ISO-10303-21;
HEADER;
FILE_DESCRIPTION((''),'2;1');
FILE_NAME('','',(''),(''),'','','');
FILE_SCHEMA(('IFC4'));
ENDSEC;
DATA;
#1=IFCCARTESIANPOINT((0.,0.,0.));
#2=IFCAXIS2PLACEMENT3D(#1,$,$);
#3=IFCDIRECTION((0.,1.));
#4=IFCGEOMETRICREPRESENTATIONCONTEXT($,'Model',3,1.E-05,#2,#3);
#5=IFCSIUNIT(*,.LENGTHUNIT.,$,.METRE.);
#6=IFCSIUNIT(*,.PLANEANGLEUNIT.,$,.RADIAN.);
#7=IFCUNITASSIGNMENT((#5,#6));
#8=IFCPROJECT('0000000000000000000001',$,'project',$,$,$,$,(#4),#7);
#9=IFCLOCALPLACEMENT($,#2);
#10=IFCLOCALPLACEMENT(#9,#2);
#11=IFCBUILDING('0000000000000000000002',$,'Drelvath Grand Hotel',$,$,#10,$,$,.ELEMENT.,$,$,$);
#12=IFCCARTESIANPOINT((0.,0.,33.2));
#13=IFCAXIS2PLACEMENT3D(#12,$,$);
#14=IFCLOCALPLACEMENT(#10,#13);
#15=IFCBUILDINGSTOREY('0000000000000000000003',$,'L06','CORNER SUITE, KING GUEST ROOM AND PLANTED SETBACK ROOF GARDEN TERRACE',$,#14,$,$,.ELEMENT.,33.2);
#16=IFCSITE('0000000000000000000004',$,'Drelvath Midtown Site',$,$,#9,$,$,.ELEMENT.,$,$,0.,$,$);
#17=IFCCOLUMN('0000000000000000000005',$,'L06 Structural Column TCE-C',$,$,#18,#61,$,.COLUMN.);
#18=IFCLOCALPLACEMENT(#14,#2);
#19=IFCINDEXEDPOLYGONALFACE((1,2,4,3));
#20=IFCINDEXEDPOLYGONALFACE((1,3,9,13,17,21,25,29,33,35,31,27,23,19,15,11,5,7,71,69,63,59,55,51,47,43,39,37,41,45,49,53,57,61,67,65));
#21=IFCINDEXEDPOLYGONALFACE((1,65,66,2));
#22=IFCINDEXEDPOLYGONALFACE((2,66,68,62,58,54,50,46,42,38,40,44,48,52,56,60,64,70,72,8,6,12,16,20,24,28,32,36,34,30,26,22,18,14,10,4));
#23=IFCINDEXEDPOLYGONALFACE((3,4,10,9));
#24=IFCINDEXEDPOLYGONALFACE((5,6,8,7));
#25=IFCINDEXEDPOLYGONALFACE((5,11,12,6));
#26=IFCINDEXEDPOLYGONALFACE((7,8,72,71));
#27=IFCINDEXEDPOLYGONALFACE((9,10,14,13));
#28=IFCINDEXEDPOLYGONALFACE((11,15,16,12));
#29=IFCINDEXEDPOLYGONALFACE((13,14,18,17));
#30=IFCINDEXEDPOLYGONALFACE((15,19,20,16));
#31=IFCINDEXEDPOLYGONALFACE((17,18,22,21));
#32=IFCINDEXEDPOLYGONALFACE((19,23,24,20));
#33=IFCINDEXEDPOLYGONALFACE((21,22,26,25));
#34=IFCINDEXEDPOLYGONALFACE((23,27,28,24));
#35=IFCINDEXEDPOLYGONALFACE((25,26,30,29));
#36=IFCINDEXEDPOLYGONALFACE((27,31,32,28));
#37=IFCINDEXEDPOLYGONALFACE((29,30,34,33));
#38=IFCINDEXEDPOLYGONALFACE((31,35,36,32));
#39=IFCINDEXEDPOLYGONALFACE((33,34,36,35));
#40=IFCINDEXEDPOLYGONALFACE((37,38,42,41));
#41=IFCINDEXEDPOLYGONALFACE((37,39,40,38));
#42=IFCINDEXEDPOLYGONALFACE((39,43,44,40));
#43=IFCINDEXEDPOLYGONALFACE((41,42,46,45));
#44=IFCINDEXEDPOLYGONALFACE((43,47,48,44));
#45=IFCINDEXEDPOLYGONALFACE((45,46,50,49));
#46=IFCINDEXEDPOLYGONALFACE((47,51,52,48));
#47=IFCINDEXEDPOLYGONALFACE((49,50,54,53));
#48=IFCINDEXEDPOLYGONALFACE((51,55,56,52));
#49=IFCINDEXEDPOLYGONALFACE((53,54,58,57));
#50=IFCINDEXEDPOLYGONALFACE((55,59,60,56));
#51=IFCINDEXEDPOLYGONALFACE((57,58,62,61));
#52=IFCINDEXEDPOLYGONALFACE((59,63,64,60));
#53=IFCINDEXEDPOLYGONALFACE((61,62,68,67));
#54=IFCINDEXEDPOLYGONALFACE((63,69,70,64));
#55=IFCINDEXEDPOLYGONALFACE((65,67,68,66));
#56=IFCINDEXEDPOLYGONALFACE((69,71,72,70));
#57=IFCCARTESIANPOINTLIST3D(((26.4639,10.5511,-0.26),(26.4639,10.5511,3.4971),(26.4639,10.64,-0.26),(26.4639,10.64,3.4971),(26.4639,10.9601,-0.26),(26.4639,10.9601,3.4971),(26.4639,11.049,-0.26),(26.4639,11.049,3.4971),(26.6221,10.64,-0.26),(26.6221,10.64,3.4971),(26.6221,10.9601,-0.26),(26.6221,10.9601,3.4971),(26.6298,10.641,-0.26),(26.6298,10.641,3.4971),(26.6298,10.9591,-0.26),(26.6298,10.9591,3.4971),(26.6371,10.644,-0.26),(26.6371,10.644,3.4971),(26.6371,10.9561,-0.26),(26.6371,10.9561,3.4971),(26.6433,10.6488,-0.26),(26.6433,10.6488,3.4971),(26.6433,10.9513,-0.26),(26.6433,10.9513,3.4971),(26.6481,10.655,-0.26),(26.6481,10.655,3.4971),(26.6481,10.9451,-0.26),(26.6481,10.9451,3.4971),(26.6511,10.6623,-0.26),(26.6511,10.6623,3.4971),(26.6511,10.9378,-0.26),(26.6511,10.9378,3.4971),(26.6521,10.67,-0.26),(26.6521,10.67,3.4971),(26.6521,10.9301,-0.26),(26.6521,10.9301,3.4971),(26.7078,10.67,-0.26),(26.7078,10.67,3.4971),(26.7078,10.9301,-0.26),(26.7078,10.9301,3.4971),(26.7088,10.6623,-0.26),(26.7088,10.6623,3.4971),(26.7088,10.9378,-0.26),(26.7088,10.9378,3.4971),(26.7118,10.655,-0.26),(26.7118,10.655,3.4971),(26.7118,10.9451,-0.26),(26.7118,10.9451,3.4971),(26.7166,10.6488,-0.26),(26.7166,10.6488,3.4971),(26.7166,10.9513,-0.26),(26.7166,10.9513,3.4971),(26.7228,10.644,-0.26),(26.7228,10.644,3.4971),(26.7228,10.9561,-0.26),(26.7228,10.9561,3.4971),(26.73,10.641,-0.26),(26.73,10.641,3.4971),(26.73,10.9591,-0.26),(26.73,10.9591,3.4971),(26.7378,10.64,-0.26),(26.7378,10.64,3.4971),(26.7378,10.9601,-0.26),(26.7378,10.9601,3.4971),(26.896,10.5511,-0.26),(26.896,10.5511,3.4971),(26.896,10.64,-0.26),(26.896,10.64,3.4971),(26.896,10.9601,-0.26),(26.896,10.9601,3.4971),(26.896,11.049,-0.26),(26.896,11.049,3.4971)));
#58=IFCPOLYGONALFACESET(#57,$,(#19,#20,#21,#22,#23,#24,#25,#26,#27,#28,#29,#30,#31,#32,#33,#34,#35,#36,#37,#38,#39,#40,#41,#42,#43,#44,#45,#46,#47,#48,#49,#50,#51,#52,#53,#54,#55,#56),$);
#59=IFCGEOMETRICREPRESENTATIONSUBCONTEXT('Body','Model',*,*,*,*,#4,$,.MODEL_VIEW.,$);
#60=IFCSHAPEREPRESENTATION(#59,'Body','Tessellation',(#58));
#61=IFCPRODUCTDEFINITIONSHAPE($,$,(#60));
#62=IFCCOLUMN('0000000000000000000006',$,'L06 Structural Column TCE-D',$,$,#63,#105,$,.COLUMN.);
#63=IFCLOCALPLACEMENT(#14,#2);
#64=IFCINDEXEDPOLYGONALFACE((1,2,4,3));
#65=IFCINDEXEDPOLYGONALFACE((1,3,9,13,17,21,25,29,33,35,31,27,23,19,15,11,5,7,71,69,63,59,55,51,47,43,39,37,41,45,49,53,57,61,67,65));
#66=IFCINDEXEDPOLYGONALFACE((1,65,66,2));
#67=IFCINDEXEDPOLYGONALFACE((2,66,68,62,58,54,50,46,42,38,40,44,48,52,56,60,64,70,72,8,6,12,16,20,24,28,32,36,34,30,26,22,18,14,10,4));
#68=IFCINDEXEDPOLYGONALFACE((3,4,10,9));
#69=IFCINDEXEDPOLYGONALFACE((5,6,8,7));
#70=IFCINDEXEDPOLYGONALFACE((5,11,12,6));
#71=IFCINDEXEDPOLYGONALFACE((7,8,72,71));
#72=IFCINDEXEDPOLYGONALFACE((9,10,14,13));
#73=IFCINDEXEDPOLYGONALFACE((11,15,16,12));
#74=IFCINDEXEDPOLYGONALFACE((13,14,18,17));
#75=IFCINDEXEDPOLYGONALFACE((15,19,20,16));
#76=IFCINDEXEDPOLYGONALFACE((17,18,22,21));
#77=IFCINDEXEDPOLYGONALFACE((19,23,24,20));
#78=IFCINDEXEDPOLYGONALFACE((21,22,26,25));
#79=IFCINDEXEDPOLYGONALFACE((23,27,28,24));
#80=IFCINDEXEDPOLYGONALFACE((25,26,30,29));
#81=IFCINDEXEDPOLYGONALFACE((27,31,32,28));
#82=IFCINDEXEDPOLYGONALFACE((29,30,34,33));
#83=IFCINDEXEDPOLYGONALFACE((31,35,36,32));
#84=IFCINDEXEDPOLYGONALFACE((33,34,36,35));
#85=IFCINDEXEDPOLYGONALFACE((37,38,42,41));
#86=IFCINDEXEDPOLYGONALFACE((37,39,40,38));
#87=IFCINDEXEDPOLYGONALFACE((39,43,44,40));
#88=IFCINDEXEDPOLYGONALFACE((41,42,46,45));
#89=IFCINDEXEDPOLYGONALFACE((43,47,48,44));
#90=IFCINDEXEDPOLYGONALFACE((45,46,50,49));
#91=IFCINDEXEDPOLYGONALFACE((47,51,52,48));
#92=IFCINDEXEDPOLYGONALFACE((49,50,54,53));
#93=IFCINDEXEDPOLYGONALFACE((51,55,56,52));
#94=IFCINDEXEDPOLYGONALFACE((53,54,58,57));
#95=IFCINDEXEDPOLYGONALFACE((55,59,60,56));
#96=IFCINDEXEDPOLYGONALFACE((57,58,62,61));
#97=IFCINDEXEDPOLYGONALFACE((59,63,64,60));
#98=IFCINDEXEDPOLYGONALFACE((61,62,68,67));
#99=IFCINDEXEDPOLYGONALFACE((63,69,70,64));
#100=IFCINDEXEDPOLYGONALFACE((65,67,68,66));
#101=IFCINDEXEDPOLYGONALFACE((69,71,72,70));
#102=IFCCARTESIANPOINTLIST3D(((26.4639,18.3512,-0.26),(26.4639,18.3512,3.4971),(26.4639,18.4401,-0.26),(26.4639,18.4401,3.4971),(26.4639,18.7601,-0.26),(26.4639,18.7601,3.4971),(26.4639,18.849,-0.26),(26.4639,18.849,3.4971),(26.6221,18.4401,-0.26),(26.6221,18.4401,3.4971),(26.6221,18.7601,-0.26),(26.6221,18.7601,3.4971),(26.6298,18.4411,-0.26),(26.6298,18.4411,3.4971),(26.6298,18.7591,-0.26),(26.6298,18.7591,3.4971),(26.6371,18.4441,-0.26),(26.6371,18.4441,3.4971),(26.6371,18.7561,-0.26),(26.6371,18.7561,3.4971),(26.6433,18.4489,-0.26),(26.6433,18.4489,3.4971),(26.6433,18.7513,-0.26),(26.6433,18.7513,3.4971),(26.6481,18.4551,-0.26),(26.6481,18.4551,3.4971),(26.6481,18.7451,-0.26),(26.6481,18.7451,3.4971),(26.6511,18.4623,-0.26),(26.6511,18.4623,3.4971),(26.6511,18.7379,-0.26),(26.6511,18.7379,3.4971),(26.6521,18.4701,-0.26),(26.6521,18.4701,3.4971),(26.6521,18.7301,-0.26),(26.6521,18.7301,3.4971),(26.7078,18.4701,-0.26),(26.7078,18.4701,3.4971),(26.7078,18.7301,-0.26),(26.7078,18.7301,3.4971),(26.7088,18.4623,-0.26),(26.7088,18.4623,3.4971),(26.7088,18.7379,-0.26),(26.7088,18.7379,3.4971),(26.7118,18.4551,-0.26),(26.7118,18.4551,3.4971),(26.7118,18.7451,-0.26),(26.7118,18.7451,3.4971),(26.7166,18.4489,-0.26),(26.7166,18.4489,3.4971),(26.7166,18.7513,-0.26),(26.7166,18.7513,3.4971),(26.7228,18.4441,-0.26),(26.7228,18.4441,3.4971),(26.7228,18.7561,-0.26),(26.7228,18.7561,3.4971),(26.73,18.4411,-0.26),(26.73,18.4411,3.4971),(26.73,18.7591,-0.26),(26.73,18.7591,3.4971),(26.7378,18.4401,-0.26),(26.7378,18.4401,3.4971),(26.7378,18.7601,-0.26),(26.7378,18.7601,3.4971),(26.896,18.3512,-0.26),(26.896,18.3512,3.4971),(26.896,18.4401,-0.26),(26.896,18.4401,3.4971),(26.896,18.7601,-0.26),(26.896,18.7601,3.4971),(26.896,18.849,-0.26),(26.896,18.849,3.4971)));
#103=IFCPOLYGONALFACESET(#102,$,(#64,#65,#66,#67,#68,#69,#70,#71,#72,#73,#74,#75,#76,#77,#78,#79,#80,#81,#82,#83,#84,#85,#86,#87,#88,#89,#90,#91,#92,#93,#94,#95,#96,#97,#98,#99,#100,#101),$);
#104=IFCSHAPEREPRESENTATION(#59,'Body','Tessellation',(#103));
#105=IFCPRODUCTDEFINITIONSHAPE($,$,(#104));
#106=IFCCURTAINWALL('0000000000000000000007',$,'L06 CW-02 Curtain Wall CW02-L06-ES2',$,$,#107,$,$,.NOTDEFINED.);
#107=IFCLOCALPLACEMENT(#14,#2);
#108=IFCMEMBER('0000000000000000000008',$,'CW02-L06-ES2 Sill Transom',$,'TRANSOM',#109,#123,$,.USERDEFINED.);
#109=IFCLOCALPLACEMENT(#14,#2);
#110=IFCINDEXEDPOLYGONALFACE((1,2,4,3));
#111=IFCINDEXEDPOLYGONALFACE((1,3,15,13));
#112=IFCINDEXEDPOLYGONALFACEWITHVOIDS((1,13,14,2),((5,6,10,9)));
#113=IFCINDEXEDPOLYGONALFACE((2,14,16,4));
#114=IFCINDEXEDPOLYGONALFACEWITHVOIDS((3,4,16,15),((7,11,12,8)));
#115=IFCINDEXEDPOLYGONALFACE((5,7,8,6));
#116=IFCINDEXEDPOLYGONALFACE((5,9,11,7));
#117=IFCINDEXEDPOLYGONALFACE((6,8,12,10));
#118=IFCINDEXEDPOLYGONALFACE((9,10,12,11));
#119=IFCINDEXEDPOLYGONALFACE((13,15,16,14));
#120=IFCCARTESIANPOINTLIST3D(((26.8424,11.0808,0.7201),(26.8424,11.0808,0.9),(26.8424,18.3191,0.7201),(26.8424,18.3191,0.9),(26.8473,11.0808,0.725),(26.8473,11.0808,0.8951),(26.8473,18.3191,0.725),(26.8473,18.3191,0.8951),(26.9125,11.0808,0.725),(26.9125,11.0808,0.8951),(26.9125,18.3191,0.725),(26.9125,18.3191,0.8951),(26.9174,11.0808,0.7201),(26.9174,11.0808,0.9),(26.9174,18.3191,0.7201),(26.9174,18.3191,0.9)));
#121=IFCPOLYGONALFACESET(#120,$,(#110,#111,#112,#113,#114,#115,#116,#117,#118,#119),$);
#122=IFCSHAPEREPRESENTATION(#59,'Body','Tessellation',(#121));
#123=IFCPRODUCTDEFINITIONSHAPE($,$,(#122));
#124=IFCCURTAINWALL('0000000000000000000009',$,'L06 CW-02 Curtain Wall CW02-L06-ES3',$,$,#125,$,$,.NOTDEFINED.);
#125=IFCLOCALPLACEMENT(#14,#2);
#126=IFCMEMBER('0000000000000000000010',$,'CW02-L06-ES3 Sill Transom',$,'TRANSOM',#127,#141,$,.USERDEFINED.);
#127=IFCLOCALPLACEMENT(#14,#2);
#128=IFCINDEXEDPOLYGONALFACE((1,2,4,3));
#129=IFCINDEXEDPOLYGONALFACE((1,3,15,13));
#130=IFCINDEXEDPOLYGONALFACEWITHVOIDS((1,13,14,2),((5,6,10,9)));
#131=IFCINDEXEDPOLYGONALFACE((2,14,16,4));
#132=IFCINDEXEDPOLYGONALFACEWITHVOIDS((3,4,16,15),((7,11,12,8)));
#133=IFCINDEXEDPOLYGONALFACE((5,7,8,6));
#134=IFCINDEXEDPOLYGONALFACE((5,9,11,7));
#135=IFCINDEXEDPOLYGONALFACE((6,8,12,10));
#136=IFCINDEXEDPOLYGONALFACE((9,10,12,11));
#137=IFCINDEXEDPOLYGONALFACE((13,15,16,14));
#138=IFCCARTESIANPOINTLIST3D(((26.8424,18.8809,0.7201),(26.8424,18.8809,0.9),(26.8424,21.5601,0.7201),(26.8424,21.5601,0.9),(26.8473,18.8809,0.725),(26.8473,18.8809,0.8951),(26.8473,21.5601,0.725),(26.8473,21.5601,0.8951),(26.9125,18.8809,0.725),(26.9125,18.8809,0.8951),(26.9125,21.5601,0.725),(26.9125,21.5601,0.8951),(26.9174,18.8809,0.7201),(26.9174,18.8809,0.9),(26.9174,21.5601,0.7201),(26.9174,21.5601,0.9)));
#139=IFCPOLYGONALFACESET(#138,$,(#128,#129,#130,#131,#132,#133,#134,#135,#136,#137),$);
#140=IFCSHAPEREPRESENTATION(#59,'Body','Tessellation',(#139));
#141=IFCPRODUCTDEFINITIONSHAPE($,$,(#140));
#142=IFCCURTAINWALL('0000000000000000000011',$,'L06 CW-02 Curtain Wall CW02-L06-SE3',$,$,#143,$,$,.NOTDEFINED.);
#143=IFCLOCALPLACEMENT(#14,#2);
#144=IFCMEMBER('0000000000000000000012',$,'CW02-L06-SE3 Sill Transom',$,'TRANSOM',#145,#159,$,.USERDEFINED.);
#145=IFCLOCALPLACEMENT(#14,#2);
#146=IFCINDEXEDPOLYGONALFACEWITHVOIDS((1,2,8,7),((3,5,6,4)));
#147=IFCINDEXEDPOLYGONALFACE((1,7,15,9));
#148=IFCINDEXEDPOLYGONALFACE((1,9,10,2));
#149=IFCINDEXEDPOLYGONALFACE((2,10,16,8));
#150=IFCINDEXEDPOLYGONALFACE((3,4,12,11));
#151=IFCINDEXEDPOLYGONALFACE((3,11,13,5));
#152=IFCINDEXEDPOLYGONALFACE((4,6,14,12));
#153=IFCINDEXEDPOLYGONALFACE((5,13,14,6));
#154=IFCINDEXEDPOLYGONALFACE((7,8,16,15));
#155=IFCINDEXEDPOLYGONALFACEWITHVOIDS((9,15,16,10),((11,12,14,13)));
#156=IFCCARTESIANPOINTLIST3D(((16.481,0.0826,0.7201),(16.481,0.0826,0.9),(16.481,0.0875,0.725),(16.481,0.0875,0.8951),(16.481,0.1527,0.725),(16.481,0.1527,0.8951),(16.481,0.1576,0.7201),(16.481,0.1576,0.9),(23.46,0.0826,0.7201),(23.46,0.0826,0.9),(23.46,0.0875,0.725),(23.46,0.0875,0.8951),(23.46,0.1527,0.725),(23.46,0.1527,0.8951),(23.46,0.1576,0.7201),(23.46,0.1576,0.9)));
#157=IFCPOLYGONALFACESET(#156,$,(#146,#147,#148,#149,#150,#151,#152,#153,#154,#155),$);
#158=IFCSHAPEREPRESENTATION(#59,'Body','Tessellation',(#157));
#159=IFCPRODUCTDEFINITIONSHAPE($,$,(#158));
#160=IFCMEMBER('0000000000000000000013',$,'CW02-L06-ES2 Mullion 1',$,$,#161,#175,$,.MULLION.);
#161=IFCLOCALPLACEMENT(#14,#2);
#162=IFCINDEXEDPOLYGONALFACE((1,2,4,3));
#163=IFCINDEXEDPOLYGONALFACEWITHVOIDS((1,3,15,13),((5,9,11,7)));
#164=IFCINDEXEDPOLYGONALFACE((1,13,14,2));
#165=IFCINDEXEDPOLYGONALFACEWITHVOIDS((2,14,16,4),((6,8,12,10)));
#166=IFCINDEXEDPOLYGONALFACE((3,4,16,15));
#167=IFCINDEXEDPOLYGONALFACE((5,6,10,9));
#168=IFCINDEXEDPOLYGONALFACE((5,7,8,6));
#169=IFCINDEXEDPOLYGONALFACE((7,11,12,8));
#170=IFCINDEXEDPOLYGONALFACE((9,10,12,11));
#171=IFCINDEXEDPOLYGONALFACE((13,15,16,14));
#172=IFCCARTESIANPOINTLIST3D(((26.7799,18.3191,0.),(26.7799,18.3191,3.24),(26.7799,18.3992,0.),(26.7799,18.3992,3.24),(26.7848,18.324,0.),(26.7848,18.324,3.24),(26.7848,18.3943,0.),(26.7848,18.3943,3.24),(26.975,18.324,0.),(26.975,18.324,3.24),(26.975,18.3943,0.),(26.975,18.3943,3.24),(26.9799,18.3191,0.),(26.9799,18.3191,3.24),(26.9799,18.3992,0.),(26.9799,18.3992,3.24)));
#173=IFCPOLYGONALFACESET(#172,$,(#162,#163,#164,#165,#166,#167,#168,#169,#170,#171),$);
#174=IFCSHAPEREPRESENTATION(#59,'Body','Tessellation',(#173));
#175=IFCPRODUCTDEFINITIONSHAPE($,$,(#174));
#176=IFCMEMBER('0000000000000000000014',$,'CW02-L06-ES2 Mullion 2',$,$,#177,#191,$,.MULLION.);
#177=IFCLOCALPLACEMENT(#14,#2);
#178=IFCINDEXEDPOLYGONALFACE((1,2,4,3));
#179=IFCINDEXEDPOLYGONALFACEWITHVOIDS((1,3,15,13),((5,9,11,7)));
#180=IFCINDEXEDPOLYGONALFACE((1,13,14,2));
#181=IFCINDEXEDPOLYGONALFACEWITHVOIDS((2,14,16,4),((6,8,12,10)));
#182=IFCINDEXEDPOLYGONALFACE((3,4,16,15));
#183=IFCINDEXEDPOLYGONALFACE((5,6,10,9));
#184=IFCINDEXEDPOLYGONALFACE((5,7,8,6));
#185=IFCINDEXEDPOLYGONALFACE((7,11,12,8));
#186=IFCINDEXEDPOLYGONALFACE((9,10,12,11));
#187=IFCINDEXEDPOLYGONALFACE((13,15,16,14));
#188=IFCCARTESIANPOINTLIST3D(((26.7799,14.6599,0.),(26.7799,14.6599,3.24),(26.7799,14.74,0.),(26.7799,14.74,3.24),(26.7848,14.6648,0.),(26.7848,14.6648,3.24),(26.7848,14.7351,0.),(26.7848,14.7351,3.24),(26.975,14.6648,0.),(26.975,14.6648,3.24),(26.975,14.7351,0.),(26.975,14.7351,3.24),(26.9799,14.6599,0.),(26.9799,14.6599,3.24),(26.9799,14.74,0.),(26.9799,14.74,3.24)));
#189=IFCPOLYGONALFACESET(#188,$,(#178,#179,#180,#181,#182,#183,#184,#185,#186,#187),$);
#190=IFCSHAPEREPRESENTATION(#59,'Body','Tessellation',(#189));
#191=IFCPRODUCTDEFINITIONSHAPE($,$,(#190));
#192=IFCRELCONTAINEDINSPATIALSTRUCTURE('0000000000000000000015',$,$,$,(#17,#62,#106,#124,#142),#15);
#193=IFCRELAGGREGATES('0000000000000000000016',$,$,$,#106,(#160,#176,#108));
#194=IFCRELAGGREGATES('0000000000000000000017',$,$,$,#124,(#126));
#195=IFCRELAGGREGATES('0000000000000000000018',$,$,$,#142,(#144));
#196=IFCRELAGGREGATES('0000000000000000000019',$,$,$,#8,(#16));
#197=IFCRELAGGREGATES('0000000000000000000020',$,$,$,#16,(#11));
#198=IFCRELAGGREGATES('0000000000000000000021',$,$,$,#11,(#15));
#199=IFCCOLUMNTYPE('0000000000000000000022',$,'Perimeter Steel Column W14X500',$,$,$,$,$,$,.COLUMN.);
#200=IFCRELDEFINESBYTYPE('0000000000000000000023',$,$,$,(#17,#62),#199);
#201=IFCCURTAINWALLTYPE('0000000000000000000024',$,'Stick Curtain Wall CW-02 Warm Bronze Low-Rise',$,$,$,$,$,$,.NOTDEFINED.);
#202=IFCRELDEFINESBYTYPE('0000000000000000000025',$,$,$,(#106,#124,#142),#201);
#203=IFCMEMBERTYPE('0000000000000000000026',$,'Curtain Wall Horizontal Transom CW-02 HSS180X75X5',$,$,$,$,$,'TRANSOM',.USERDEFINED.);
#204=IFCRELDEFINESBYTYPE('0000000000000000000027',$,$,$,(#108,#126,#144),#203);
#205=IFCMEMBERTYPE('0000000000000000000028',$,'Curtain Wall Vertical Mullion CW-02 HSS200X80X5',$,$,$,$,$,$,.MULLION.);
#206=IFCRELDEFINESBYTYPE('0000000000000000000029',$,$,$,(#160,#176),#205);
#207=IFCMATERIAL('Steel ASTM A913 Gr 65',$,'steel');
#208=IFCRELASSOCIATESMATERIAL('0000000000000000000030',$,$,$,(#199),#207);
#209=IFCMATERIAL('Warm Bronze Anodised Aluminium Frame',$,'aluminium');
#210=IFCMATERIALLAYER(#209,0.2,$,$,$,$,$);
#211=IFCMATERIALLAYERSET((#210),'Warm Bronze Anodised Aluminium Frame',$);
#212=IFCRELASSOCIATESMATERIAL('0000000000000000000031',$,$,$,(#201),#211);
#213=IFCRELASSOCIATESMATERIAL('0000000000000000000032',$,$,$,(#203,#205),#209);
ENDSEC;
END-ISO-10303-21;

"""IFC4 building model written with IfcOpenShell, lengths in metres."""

from ifc_helpers import new_model, si_unit, direction, frame, origin, origin_2d, place, context, subcontext, project, spatial, hollow_rectangle, i_section, extrude, material, layer, layer_set, material_profile, profile_set, type_object, element, aggregate, save


model = new_model("IFC4")

# Units and contexts
model_context = context("Model", 3, precision=1e-05, world=origin(), true_north=direction((0.0, 1.0)))
body_context = subcontext(model_context, "Body", "Model", "MODEL_VIEW")
ifc_project = project(units=[si_unit("LENGTHUNIT", "METRE"), si_unit("PLANEANGLEUNIT", "RADIAN")], contexts=[model_context])

# Site, building, storey
site_placement = place(None, origin())
site = spatial("IfcSite", under=ifc_project, at=site_placement, Name="Drelvath Midtown Site", CompositionType="ELEMENT", RefElevation=0.0)
building_placement = place(site_placement, origin())
building = spatial("IfcBuilding", under=site, at=building_placement, Name="Drelvath Grand Hotel", CompositionType="ELEMENT")
storey_placement = place(building_placement, frame((0.0, 0.0, 33.2)))
storey = spatial("IfcBuildingStorey", under=building, at=storey_placement, Name="L06", Description="CORNER SUITE, KING GUEST ROOM AND PLANTED SETBACK ROOF GARDEN TERRACE", CompositionType="ELEMENT", Elevation=33.2)

# Columns
ifc_material_1 = material(Name="Steel ASTM A913 Gr 65", Category="steel")
ifc_material_profile_1 = material_profile(ifc_material_1, i_section(OverallWidth=0.4321, OverallDepth=0.4978, WebThickness=0.0557, FlangeThickness=0.0889, FilletRadius=0.03, at=origin_2d()), Name="W14X500")
ifc_profile_set_1 = profile_set([ifc_material_profile_1], Name="Steel ASTM A913 Gr 65")
column_type = type_object("IfcColumnType", Name="Perimeter Steel Column W14X500", PredefinedType="COLUMN", material=ifc_profile_set_1)
for number, where, z_axis, x_axis, name in (
    (1, (26.6799, 10.8, -0.26), (0.0, 0.0, 1.0), (1.0, 0.0, 0.0), "L06 Structural Column TCE-C"),
    (2, (26.6799, 18.6001, -0.26), (0.0, 0.0, 1.0), (1.0, 0.0, 0.0), "L06 Structural Column TCE-D"),
):
    element("IfcColumn", number, at=place(storey_placement, frame(where, z_axis=z_axis, x_axis=x_axis)), inside=storey, type_object=column_type, Name=name, PredefinedType="COLUMN", context=body_context, shape_type="SweptSolid", body=[
        extrude(i_section(OverallWidth=0.4321, OverallDepth=0.4978, WebThickness=0.0557, FlangeThickness=0.0889, FilletRadius=0.03, at=origin_2d()), origin(), (0.0, 0.0, 1.0), 3.7571),
    ])

# Curtain walls, members
ifc_material_2 = material(Name="Warm Bronze Anodised Aluminium Frame", Category="aluminium")
ifc_layer_1 = layer(ifc_material_2, 0.2)
ifc_layer_set_1 = layer_set([ifc_layer_1], Name="Warm Bronze Anodised Aluminium Frame")
curtain_wall_type = type_object("IfcCurtainWallType", Name="Stick Curtain Wall CW-02 Warm Bronze Low-Rise", PredefinedType="NOTDEFINED", material=ifc_layer_set_1)
curtain_wall_1_placement = place(storey_placement, origin())
curtain_wall_1 = element("IfcCurtainWall", 3, at=curtain_wall_1_placement, inside=storey, type_object=curtain_wall_type, Name="L06 CW-02 Curtain Wall CW02-L06-ES2", PredefinedType="NOTDEFINED")
ifc_material_profile_2 = material_profile(ifc_material_2, hollow_rectangle(XDim=0.075, YDim=0.1799, WallThickness=0.0049, at=origin_2d()), Name="HSS180X75X5")
ifc_profile_set_2 = profile_set([ifc_material_profile_2], Name="Warm Bronze Anodised Aluminium Frame")
member_type_1 = type_object("IfcMemberType", Name="Curtain Wall Horizontal Transom CW-02 HSS180X75X5", ElementType="TRANSOM", PredefinedType="USERDEFINED", material=ifc_profile_set_2)
member_1_placement = place(storey_placement, frame((26.8799, 18.3191, 0.8101), z_axis=(0.0, -1.0, 0.0), x_axis=(1.0, 0.0, 0.0)))
member_1 = element("IfcMember", 4, at=member_1_placement, type_object=member_type_1, Name="CW02-L06-ES2 Sill Transom", ObjectType="TRANSOM", PredefinedType="USERDEFINED", context=body_context, shape_type="SweptSolid", body=[
    extrude(hollow_rectangle(XDim=0.075, YDim=0.1799, WallThickness=0.0049, at=origin_2d()), origin(), (0.0, 0.0, 1.0), 7.2383),
])
curtain_wall_2_placement = place(storey_placement, origin())
curtain_wall_2 = element("IfcCurtainWall", 5, at=curtain_wall_2_placement, inside=storey, type_object=curtain_wall_type, Name="L06 CW-02 Curtain Wall CW02-L06-ES3", PredefinedType="NOTDEFINED")
member_2_placement = place(storey_placement, frame((26.8799, 21.5601, 0.8101), z_axis=(0.0, -1.0, 0.0), x_axis=(1.0, 0.0, 0.0)))
member_2 = element("IfcMember", 6, at=member_2_placement, type_object=member_type_1, Name="CW02-L06-ES3 Sill Transom", ObjectType="TRANSOM", PredefinedType="USERDEFINED", context=body_context, shape_type="SweptSolid", body=[
    extrude(hollow_rectangle(XDim=0.075, YDim=0.1799, WallThickness=0.0049, at=origin_2d()), origin(), (0.0, 0.0, 1.0), 2.6792),
])
curtain_wall_3_placement = place(storey_placement, origin())
curtain_wall_3 = element("IfcCurtainWall", 7, at=curtain_wall_3_placement, inside=storey, type_object=curtain_wall_type, Name="L06 CW-02 Curtain Wall CW02-L06-SE3", PredefinedType="NOTDEFINED")
member_3_placement = place(storey_placement, frame((23.46, 0.1201, 0.8101), z_axis=(-1.0, 0.0, 0.0), x_axis=(0.0, -1.0, 0.0)))
member_3 = element("IfcMember", 8, at=member_3_placement, type_object=member_type_1, Name="CW02-L06-SE3 Sill Transom", ObjectType="TRANSOM", PredefinedType="USERDEFINED", context=body_context, shape_type="SweptSolid", body=[
    extrude(hollow_rectangle(XDim=0.075, YDim=0.1799, WallThickness=0.0049, at=origin_2d()), origin(), (0.0, 0.0, 1.0), 6.979),
])

# Members
ifc_material_profile_3 = material_profile(ifc_material_2, hollow_rectangle(XDim=0.0801, YDim=0.2, WallThickness=0.0049, at=origin_2d()), Name="HSS200X80X5")
ifc_profile_set_3 = profile_set([ifc_material_profile_3], Name="Warm Bronze Anodised Aluminium Frame")
member_type_2 = type_object("IfcMemberType", Name="Curtain Wall Vertical Mullion CW-02 HSS200X80X5", PredefinedType="MULLION", material=ifc_profile_set_3)
member_4_placement = place(storey_placement, frame((26.8799, 18.3591, 0.0), z_axis=(0.0, 0.0, 1.0), x_axis=(0.0, 1.0, 0.0)))
member_4 = element("IfcMember", 9, at=member_4_placement, type_object=member_type_2, Name="CW02-L06-ES2 Mullion 1", PredefinedType="MULLION", context=body_context, shape_type="SweptSolid", body=[
    extrude(hollow_rectangle(XDim=0.0801, YDim=0.2, WallThickness=0.0049, at=origin_2d()), origin(), (0.0, 0.0, 1.0), 3.24),
])
member_5_placement = place(storey_placement, frame((26.8799, 14.7, 0.0), z_axis=(0.0, 0.0, 1.0), x_axis=(0.0, 1.0, 0.0)))
member_5 = element("IfcMember", 10, at=member_5_placement, type_object=member_type_2, Name="CW02-L06-ES2 Mullion 2", PredefinedType="MULLION", context=body_context, shape_type="SweptSolid", body=[
    extrude(hollow_rectangle(XDim=0.0801, YDim=0.2, WallThickness=0.0049, at=origin_2d()), origin(), (0.0, 0.0, 1.0), 3.24),
])

aggregate(curtain_wall_1, [member_4, member_5, member_1])
aggregate(curtain_wall_2, [member_2])
aggregate(curtain_wall_3, [member_3])

save(model, "model.ifc")
